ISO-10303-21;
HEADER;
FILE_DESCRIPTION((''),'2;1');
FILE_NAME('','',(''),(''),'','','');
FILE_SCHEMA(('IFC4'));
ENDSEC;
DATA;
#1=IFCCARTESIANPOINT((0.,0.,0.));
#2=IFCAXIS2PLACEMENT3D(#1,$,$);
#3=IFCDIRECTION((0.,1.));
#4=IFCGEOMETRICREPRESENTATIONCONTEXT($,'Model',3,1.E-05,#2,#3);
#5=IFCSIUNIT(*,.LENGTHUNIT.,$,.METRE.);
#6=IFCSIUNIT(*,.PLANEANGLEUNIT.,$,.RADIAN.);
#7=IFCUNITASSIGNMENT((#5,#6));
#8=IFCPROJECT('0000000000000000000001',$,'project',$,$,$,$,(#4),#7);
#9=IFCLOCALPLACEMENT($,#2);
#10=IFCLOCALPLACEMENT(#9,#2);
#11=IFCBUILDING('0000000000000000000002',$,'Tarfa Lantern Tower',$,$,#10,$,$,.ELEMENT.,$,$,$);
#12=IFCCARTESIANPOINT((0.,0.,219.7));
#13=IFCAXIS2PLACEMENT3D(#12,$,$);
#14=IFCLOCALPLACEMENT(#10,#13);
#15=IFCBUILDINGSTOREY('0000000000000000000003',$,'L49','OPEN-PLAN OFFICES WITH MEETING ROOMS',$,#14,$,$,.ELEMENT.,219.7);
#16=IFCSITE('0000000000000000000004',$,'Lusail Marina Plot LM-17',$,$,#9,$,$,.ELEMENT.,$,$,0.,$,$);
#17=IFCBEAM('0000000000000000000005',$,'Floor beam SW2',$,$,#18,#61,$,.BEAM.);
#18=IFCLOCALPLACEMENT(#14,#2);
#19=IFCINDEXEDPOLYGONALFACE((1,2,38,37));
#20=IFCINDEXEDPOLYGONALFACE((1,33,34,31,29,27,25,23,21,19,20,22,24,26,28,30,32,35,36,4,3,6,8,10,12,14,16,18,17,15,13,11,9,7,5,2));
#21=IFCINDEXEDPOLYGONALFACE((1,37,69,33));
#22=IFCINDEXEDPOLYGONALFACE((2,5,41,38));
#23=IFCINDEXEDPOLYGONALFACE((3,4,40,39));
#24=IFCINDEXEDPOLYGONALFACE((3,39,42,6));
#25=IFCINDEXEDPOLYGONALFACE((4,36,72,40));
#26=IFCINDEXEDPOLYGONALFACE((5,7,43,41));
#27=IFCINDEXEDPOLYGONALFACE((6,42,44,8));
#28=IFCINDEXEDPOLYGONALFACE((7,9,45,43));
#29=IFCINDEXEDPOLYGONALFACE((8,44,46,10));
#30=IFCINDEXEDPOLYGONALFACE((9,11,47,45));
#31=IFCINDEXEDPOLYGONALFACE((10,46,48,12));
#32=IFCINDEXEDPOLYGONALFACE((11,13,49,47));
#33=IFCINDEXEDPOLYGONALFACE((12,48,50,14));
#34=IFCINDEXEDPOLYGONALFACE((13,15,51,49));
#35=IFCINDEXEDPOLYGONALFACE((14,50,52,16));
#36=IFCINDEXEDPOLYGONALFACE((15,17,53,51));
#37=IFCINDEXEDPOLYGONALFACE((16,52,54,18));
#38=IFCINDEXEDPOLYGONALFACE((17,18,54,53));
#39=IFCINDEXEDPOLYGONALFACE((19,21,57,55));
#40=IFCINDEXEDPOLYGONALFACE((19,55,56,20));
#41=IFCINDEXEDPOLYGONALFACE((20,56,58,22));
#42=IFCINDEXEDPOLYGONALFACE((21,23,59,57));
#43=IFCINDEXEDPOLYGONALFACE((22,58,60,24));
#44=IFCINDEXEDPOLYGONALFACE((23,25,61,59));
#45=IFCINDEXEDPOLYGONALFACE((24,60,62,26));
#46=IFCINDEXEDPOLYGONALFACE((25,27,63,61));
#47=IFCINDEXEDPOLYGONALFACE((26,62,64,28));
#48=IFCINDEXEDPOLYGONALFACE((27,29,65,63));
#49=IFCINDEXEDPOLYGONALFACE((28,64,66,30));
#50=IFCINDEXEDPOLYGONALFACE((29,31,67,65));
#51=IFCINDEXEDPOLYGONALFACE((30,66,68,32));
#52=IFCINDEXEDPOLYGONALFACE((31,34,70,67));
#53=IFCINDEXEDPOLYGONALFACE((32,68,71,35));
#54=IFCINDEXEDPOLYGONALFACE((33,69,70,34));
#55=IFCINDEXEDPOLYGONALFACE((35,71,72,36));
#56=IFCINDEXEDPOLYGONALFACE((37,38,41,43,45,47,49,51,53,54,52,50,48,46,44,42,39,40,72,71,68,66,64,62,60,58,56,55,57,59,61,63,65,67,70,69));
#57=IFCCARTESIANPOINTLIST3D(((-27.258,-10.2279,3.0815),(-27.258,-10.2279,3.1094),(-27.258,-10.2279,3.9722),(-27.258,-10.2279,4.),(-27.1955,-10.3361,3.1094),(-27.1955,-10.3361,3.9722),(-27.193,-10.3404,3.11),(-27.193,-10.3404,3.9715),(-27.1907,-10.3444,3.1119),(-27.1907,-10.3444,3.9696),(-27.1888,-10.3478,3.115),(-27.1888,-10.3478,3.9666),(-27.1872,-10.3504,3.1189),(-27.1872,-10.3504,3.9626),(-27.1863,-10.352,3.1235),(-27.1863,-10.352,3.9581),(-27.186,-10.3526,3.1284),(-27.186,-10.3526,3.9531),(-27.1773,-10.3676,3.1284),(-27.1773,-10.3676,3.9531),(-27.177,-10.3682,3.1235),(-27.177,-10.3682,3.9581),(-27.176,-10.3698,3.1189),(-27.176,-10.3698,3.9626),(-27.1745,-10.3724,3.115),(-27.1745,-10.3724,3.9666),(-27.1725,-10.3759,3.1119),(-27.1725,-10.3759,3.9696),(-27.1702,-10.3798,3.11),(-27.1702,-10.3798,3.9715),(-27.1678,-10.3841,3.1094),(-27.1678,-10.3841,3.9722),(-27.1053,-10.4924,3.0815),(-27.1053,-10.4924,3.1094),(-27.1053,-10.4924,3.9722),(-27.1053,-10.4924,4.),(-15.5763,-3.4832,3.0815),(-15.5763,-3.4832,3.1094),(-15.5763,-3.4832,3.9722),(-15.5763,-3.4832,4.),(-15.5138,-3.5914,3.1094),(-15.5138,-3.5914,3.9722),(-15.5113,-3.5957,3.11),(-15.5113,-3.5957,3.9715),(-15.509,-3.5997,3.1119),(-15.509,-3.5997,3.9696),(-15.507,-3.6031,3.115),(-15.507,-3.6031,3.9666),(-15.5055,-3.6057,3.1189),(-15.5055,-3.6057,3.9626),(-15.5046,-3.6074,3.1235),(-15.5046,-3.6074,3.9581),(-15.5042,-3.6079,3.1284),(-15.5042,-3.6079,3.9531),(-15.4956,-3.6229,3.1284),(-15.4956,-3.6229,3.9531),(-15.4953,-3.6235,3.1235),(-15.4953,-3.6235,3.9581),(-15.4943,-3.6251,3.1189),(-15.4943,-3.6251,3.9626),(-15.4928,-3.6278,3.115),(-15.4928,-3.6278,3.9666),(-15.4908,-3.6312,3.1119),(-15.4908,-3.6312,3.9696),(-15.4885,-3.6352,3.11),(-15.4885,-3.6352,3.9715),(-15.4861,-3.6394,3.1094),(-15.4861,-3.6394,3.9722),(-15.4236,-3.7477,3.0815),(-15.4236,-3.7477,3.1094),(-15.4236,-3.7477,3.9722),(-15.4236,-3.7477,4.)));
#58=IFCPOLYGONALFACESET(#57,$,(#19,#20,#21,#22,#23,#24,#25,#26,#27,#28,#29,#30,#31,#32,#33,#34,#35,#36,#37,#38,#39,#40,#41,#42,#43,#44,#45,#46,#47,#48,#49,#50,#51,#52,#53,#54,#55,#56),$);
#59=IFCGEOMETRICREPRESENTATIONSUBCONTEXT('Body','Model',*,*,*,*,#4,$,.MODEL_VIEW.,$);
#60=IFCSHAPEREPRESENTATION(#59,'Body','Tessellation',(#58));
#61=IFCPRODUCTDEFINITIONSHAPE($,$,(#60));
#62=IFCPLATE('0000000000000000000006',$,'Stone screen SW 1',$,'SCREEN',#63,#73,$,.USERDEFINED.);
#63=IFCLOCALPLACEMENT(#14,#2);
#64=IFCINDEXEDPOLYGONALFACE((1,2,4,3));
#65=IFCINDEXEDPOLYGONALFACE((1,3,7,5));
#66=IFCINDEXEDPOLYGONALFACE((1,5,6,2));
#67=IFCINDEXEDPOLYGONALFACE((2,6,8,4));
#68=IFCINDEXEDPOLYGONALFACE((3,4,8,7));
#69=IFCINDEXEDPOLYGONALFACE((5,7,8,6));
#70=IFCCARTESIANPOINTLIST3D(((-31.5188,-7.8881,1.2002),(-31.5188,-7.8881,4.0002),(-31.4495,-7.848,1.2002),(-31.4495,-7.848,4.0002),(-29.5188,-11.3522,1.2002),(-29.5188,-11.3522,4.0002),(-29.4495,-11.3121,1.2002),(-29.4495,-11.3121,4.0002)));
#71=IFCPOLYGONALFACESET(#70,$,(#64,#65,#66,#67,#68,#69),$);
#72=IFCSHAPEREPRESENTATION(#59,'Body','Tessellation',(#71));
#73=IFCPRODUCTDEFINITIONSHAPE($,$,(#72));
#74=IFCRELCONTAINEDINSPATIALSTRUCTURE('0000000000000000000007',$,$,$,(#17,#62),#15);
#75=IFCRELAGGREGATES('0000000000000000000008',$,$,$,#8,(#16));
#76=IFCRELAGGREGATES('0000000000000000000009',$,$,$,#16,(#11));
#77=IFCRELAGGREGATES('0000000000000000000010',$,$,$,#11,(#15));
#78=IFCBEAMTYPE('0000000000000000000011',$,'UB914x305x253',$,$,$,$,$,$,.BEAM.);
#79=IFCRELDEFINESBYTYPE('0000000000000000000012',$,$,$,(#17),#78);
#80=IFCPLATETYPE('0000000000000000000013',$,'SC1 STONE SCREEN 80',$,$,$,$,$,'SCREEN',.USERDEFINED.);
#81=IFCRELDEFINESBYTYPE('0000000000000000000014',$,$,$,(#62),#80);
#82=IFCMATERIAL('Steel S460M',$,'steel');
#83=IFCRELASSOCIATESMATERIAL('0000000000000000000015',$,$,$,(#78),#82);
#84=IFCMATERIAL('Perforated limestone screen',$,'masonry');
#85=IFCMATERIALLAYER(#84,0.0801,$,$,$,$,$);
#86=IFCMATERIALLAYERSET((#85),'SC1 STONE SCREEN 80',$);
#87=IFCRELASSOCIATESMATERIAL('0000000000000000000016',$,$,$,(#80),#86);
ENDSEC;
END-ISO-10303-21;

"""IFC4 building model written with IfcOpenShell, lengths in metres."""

from ifc_helpers import new_model, si_unit, direction, frame, origin, origin_2d, place, context, subcontext, project, spatial, rectangle, i_section, extrude, material, layer, layer_set, material_profile, profile_set, type_object, element, save


model = new_model("IFC4")

# Units and contexts
model_context = context("Model", 3, precision=1e-05, world=origin(), true_north=direction((0.0, 1.0)))
body_context = subcontext(model_context, "Body", "Model", "MODEL_VIEW")
ifc_project = project(units=[si_unit("LENGTHUNIT", "METRE"), si_unit("PLANEANGLEUNIT", "RADIAN")], contexts=[model_context])

# Site, building, storey
site_placement = place(None, origin())
site = spatial("IfcSite", under=ifc_project, at=site_placement, Name="Lusail Marina Plot LM-17", CompositionType="ELEMENT", RefElevation=0.0)
building_placement = place(site_placement, origin())
building = spatial("IfcBuilding", under=site, at=building_placement, Name="Tarfa Lantern Tower", CompositionType="ELEMENT")
storey_placement = place(building_placement, frame((0.0, 0.0, 219.7)))
storey = spatial("IfcBuildingStorey", under=building, at=storey_placement, Name="L49", Description="OPEN-PLAN OFFICES WITH MEETING ROOMS", CompositionType="ELEMENT", Elevation=219.7)

# Beam
ifc_material_1 = material(Name="Steel S460M", Category="steel")
ifc_material_profile_1 = material_profile(ifc_material_1, i_section(OverallWidth=0.3054, OverallDepth=0.9185, WebThickness=0.0173, FlangeThickness=0.0278, FilletRadius=0.019, at=origin_2d()), Name="UB914x305x253")
ifc_profile_set_1 = profile_set([ifc_material_profile_1], Name="Steel S460M")
beam_type_1 = type_object("IfcBeamType", Name="UB914x305x253", PredefinedType="BEAM", material=ifc_profile_set_1)
beam_1_placement = place(storey_placement, frame((-27.1816, -10.3601, 3.5408), z_axis=(0.866018, 0.500013, 0.0), x_axis=(-0.500013, 0.866018, 0.0)))
element("IfcBeam", 1, at=beam_1_placement, inside=storey, type_object=beam_type_1, Name="Floor beam SW2", PredefinedType="BEAM", context=body_context, shape_type="SweptSolid", body=[
    extrude(i_section(OverallWidth=0.3054, OverallDepth=0.9185, WebThickness=0.0173, FlangeThickness=0.0278, FilletRadius=0.019, at=origin_2d()), origin(), (0.0, 0.0, 1.0), 13.489),
])

# Plate
ifc_material_2 = material(Name="Perforated limestone screen", Category="masonry")
ifc_layer_1 = layer(ifc_material_2, 0.0801)
ifc_layer_set_1 = layer_set([ifc_layer_1], Name="SC1 STONE SCREEN 80")
plate_type = type_object("IfcPlateType", Name="SC1 STONE SCREEN 80", ElementType="SCREEN", PredefinedType="USERDEFINED", material=ifc_layer_set_1)
plate_placement = place(storey_placement, frame((-30.4841, -9.6001, 1.2002), z_axis=(0.0, 0.0, 1.0), x_axis=(0.5, -0.866025, 0.0)))
element("IfcPlate", 2, at=plate_placement, inside=storey, type_object=plate_type, Name="Stone screen SW 1", ObjectType="SCREEN", PredefinedType="USERDEFINED", context=body_context, shape_type="SweptSolid", body=[
    extrude(rectangle(XDim=4.0, YDim=0.0801, at=origin_2d()), origin(), (0.0, 0.0, 1.0), 2.8),
])

save(model, "model.ifc")
